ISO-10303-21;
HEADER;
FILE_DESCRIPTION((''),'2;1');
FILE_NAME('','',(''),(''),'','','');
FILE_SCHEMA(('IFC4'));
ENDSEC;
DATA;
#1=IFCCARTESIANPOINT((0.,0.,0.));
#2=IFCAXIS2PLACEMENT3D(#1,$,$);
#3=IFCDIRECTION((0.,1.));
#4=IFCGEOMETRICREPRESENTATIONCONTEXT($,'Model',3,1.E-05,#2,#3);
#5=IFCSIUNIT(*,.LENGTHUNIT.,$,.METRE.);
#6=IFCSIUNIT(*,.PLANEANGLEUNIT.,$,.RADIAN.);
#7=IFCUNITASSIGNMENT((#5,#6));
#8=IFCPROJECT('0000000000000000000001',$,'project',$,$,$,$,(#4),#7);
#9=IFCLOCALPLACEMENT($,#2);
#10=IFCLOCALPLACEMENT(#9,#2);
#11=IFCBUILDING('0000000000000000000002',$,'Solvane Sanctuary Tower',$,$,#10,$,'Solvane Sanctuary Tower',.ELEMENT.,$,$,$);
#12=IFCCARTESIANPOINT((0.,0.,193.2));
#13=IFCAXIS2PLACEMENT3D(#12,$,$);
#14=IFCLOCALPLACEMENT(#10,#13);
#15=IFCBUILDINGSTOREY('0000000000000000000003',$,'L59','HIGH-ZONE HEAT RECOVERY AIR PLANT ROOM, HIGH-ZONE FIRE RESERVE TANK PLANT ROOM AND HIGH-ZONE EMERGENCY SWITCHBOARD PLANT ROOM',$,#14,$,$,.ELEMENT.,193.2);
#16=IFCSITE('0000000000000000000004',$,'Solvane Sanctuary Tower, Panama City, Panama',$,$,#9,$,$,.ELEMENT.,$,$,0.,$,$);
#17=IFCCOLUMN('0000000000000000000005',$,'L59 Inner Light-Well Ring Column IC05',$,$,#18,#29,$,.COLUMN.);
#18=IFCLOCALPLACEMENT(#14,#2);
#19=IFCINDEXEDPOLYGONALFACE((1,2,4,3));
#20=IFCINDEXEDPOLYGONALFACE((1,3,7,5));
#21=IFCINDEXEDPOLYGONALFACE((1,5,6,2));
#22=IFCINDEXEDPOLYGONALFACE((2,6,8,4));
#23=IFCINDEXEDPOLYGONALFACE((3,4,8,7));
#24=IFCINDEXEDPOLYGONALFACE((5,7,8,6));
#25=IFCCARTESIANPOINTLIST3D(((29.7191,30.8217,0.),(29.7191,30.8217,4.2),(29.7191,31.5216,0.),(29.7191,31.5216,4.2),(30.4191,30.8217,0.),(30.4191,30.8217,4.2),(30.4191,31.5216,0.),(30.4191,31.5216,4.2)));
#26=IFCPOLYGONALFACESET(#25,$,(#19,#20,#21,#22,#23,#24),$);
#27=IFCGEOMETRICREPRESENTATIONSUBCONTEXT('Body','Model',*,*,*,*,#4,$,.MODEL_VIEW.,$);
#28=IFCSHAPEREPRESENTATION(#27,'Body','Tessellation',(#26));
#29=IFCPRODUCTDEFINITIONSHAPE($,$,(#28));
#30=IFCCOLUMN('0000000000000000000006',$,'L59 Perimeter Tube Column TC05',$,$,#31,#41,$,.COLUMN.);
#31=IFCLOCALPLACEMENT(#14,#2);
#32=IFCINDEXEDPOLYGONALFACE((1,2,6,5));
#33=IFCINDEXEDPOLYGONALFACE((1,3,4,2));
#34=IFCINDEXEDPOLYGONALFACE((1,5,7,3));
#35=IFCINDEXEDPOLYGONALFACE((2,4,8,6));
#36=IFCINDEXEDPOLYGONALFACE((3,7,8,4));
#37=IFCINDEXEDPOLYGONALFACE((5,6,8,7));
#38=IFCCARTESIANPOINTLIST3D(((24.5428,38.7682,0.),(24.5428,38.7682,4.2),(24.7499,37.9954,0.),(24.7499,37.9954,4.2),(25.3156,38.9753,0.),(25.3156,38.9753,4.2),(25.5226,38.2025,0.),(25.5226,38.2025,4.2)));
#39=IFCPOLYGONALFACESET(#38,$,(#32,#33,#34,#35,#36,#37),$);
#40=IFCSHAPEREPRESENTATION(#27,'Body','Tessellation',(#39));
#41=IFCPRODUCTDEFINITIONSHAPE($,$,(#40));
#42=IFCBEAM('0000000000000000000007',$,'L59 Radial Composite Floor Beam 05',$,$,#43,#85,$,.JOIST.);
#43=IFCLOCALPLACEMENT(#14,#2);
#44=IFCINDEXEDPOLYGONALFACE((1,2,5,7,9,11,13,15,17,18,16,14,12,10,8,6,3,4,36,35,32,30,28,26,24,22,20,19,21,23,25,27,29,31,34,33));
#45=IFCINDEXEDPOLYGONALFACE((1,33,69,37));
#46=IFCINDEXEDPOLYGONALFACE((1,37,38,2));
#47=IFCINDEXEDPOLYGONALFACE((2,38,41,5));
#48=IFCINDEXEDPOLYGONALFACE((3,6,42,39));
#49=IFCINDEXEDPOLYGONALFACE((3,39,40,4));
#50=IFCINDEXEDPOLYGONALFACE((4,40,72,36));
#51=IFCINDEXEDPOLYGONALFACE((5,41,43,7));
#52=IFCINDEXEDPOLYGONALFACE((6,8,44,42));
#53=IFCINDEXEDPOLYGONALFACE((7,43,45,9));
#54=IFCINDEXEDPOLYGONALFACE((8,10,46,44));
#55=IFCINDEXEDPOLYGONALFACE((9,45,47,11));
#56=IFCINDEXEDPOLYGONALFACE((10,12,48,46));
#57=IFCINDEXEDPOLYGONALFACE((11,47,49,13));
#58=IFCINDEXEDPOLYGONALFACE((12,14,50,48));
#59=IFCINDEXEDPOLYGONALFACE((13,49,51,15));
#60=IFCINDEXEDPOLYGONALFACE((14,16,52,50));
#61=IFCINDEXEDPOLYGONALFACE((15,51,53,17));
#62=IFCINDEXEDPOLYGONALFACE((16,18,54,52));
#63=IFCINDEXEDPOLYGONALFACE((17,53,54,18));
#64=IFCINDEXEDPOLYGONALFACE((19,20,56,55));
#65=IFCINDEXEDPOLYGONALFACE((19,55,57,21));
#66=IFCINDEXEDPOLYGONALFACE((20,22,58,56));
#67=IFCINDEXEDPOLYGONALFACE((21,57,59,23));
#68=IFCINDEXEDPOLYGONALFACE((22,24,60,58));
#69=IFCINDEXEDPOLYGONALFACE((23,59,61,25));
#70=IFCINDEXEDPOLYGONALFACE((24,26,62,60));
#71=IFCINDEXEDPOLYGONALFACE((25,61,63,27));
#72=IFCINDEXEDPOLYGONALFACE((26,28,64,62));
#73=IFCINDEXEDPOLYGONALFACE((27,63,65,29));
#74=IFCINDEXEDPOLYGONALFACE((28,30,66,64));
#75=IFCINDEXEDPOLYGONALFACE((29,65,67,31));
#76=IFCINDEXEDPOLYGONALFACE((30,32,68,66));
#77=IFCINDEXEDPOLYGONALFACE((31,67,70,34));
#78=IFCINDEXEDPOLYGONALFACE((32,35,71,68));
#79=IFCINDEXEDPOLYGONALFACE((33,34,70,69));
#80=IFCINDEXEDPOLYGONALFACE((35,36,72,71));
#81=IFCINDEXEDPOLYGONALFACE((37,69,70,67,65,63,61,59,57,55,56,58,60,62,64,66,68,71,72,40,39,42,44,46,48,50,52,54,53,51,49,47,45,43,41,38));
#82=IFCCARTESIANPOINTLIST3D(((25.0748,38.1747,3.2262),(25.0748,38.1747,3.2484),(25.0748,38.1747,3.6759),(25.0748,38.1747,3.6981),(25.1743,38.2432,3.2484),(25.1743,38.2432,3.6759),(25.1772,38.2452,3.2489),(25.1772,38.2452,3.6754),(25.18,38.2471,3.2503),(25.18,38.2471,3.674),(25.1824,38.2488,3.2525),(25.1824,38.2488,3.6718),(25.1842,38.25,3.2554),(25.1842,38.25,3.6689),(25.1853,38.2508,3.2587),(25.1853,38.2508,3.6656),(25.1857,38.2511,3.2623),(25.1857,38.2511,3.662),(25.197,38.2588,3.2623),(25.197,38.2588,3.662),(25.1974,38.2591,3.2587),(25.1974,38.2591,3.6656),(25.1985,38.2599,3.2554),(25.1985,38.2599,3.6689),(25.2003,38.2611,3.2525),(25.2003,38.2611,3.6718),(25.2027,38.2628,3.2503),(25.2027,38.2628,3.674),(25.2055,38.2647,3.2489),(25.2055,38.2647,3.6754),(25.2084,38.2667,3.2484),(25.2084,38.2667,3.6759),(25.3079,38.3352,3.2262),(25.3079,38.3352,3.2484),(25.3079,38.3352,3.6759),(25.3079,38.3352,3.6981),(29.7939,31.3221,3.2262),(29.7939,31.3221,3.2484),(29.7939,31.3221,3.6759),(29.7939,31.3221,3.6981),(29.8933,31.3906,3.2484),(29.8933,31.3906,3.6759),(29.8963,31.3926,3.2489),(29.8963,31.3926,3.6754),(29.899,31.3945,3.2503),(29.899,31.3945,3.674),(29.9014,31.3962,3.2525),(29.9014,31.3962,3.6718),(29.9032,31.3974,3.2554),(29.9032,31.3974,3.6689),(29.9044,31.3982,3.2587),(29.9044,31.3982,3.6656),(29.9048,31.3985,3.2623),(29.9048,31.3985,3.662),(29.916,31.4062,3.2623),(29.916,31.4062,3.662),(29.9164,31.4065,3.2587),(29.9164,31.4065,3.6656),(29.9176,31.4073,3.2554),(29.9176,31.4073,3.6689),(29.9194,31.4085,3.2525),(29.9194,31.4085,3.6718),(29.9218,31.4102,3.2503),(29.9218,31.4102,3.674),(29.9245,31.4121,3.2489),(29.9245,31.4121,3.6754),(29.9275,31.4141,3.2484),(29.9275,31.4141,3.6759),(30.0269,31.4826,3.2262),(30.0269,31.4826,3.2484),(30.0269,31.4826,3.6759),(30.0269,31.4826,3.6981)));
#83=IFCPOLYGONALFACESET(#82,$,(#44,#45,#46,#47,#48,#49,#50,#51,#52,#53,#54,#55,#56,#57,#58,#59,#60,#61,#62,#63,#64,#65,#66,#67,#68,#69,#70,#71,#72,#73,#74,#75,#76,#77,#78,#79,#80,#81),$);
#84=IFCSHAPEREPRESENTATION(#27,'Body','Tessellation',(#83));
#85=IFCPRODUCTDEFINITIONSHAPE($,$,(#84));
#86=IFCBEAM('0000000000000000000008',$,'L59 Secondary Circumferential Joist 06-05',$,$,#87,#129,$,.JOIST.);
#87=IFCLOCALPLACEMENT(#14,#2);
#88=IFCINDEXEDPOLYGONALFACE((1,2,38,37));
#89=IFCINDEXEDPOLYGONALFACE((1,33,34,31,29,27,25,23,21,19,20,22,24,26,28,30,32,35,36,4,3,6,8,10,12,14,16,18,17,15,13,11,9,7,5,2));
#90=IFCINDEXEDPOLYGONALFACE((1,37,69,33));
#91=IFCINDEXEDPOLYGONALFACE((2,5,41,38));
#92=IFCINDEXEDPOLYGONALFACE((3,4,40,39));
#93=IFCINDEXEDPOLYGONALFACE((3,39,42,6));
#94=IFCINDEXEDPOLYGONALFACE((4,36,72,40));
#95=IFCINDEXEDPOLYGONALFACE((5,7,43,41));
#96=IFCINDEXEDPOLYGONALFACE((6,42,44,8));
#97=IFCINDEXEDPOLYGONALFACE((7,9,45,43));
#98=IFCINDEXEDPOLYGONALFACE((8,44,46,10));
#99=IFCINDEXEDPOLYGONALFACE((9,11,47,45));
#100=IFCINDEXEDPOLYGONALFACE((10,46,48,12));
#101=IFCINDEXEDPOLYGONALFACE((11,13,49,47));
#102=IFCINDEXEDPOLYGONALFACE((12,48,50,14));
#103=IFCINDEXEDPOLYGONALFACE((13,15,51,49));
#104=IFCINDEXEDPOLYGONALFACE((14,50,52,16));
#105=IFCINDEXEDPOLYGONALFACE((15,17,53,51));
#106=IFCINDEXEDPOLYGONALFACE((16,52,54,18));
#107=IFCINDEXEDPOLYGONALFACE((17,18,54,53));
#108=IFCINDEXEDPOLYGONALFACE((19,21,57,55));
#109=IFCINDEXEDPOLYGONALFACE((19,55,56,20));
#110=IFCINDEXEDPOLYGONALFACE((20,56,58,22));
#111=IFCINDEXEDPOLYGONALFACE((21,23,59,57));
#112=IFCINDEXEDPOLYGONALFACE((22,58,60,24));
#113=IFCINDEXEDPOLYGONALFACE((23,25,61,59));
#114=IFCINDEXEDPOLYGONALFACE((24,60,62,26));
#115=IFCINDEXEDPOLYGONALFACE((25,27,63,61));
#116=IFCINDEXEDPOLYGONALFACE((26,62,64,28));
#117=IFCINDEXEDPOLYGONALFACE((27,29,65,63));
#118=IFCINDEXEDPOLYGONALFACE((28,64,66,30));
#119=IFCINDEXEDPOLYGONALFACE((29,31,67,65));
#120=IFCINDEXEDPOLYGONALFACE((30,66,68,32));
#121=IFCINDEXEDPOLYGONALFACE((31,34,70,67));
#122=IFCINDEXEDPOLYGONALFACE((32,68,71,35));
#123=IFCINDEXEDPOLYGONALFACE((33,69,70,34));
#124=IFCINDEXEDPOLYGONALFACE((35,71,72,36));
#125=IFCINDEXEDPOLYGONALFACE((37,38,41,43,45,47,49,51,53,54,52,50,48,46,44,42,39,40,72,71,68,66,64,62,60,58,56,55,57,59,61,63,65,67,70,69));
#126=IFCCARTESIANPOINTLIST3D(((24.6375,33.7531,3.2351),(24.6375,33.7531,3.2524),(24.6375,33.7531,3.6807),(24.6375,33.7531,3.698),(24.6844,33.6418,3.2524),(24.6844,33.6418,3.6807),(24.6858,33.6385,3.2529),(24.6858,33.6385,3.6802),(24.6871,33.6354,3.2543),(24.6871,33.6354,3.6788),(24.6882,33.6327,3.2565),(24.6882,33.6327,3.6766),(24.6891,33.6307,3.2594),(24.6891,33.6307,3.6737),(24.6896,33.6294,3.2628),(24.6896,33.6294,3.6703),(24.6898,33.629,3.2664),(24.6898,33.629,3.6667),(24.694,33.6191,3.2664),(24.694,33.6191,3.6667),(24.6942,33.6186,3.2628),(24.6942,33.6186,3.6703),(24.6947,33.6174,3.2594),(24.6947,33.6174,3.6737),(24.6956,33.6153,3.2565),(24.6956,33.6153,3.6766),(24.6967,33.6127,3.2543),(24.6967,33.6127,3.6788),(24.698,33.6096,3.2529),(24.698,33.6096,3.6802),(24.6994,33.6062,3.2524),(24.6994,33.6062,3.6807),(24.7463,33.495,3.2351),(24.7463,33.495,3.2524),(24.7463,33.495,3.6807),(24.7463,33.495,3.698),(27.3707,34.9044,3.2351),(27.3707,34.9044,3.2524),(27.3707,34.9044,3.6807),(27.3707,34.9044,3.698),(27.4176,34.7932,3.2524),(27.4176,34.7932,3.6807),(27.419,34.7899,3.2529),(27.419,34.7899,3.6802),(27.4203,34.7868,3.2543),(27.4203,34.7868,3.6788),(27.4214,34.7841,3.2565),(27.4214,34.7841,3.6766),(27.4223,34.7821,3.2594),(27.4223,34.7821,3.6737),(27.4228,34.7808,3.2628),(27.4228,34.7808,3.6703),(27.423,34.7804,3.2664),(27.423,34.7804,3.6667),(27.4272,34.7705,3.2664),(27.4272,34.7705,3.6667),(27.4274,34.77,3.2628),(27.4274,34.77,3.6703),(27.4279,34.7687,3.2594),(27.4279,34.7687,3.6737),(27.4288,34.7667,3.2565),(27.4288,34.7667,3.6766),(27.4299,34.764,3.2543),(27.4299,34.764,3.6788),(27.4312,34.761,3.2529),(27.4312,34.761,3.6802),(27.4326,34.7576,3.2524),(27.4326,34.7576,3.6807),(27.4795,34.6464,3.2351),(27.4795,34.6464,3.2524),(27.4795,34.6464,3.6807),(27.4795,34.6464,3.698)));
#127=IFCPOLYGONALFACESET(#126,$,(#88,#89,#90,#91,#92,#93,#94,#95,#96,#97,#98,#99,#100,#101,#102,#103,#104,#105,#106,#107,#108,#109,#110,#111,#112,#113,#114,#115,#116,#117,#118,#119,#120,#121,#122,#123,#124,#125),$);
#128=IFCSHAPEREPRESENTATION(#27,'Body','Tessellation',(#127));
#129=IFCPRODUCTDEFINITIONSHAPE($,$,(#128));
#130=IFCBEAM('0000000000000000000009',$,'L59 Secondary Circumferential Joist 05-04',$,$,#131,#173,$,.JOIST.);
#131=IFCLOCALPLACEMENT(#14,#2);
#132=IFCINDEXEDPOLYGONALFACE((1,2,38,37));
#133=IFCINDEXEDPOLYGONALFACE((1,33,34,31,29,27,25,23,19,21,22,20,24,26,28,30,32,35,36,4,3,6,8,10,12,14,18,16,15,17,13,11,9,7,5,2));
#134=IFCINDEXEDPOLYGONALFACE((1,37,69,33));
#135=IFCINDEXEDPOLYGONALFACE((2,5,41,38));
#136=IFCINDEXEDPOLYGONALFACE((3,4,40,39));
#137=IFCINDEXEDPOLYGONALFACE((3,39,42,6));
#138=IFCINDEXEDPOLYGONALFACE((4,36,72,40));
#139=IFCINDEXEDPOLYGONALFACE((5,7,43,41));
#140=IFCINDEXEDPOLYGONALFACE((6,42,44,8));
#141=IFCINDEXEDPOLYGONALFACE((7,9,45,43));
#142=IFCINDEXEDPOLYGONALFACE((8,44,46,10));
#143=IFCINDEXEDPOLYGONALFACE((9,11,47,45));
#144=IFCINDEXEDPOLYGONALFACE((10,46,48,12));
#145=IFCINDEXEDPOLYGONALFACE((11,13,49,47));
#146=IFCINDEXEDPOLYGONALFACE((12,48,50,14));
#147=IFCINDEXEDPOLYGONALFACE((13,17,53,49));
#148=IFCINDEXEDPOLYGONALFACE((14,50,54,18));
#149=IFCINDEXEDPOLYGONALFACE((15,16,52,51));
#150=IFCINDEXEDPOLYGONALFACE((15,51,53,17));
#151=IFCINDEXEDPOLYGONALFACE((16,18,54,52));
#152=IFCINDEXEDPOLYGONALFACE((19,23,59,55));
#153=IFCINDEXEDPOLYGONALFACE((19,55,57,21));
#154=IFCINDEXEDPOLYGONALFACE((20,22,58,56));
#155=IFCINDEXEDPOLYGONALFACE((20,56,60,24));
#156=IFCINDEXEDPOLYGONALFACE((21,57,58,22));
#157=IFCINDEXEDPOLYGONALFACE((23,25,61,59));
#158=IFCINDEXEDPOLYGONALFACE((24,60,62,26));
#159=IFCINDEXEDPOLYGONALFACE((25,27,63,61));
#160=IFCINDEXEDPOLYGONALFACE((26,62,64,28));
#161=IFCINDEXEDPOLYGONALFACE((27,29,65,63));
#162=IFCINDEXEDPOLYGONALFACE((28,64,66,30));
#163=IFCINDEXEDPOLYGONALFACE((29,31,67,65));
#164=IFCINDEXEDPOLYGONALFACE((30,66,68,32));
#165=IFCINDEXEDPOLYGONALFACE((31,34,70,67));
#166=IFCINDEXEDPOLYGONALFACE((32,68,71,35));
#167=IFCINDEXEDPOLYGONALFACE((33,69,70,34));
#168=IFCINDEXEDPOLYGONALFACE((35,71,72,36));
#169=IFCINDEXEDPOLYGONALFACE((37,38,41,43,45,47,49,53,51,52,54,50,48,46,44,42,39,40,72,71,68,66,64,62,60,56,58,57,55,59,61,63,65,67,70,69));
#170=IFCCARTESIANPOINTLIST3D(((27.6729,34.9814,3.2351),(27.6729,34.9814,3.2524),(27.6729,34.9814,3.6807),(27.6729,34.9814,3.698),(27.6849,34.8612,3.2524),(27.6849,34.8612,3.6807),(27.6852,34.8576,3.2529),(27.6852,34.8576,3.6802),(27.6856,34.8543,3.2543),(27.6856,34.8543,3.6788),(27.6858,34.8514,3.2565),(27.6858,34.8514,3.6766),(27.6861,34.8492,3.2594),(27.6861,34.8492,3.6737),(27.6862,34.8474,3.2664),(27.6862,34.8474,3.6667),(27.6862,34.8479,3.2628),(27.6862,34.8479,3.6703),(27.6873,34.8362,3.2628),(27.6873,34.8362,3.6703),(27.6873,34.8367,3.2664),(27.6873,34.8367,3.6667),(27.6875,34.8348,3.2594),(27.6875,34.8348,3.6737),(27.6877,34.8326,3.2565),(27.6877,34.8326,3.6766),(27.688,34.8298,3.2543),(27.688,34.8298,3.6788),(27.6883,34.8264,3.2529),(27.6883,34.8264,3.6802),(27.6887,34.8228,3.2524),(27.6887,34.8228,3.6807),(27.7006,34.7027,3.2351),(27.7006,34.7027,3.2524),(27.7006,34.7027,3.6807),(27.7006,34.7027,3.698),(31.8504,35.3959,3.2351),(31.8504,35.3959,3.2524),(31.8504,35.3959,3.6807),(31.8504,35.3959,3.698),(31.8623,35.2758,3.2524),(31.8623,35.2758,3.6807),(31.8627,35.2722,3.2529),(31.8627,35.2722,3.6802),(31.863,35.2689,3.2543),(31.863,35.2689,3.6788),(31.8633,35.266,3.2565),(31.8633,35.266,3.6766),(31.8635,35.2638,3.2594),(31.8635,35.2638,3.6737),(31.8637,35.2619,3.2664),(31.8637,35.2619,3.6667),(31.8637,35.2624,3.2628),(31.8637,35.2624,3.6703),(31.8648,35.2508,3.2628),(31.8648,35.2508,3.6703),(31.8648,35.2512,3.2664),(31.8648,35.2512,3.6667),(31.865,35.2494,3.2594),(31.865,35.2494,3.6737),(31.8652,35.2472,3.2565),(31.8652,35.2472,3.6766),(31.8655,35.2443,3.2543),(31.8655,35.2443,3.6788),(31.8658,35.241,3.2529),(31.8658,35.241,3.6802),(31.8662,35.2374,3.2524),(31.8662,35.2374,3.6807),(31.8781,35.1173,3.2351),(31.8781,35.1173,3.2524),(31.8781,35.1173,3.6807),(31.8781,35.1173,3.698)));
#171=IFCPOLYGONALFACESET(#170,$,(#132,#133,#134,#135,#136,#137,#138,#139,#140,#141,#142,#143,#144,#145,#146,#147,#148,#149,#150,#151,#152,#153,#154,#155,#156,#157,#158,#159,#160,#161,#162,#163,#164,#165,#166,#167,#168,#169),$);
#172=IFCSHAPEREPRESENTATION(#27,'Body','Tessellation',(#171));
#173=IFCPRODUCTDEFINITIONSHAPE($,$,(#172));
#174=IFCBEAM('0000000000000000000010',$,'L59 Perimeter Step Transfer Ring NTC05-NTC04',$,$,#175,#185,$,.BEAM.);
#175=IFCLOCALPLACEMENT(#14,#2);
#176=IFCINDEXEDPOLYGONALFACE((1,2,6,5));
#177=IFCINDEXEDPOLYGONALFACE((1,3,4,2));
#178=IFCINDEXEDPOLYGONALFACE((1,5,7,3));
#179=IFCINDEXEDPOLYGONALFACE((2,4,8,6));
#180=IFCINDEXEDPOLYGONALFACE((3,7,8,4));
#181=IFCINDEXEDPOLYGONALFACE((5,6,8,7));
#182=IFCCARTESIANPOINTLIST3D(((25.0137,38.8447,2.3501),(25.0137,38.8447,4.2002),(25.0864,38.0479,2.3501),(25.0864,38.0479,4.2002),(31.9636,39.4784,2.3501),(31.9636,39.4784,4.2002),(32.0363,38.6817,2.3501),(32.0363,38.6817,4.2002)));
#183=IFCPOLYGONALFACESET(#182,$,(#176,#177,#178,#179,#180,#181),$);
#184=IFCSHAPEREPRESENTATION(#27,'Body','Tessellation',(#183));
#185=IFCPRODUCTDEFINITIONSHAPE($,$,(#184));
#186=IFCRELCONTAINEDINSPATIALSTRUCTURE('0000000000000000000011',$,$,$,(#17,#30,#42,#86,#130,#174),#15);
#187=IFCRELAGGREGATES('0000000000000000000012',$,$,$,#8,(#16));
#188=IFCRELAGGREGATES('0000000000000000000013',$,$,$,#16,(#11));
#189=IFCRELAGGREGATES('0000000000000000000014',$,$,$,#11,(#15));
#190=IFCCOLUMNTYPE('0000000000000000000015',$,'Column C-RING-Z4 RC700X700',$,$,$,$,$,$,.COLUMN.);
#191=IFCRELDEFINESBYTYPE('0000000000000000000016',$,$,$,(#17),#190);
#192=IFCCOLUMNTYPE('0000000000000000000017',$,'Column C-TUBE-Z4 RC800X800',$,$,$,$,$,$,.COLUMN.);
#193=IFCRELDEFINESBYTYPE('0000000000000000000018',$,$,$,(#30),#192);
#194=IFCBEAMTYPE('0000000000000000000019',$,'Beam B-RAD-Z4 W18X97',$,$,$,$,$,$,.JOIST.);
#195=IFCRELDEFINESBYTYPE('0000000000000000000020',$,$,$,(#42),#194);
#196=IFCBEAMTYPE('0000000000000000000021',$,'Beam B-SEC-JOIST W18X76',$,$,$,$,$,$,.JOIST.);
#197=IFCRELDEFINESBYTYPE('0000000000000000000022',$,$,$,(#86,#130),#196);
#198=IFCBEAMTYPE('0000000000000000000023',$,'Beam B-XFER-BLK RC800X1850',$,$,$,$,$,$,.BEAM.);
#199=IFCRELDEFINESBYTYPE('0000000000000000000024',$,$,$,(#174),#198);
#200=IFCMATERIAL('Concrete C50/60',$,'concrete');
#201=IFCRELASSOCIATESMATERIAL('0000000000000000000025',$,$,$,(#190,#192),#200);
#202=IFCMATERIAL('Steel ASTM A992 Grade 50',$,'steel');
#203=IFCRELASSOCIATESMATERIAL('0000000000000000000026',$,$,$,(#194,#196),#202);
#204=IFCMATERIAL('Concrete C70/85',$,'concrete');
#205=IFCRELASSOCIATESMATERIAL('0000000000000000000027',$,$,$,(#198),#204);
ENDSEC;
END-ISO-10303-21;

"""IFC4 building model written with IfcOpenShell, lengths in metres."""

from ifc_helpers import new_model, si_unit, direction, frame, origin, origin_2d, place, context, subcontext, project, spatial, rectangle, i_section, extrude, material, material_profile, profile_set, type_object, element, save


model = new_model("IFC4")

# Units and contexts
model_context = context("Model", 3, precision=1e-05, world=origin(), true_north=direction((0.0, 1.0)))
body_context = subcontext(model_context, "Body", "Model", "MODEL_VIEW")
ifc_project = project(units=[si_unit("LENGTHUNIT", "METRE"), si_unit("PLANEANGLEUNIT", "RADIAN")], contexts=[model_context])

# Site, building, storey
site_placement = place(None, origin())
site = spatial("IfcSite", under=ifc_project, at=site_placement, Name="Solvane Sanctuary Tower, Panama City, Panama", CompositionType="ELEMENT", RefElevation=0.0)
building_placement = place(site_placement, origin())
building = spatial("IfcBuilding", under=site, at=building_placement, Name="Solvane Sanctuary Tower", LongName="Solvane Sanctuary Tower", CompositionType="ELEMENT")
storey_placement = place(building_placement, frame((0.0, 0.0, 193.2)))
storey = spatial("IfcBuildingStorey", under=building, at=storey_placement, Name="L59", Description="HIGH-ZONE HEAT RECOVERY AIR PLANT ROOM, HIGH-ZONE FIRE RESERVE TANK PLANT ROOM AND HIGH-ZONE EMERGENCY SWITCHBOARD PLANT ROOM", CompositionType="ELEMENT", Elevation=193.2)

# Columns
ifc_material_1 = material(Name="Concrete C50/60", Category="concrete")
ifc_material_profile_1 = material_profile(ifc_material_1, rectangle(XDim=0.7, YDim=0.7, at=origin_2d()), Name="RC700X700")
ifc_profile_set_1 = profile_set([ifc_material_profile_1], Name="Concrete C50/60")
column_type_1 = type_object("IfcColumnType", Name="Column C-RING-Z4 RC700X700", PredefinedType="COLUMN", material=ifc_profile_set_1)
column_1_placement = place(storey_placement, frame((30.0691, 31.1716, 0.0), z_axis=(0.0, 0.0, 1.0), x_axis=(1.0, 0.0, 0.0)))
element("IfcColumn", 1, at=column_1_placement, inside=storey, type_object=column_type_1, Name="L59 Inner Light-Well Ring Column IC05", PredefinedType="COLUMN", context=body_context, shape_type="SweptSolid", body=[
    extrude(rectangle(XDim=0.7, YDim=0.7, at=origin_2d()), origin(), (0.0, 0.0, 1.0), 4.2),
])
ifc_material_profile_2 = material_profile(ifc_material_1, rectangle(XDim=0.8, YDim=0.8, at=origin_2d()), Name="RC800X800")
ifc_profile_set_2 = profile_set([ifc_material_profile_2], Name="Concrete C50/60")
column_type_2 = type_object("IfcColumnType", Name="Column C-TUBE-Z4 RC800X800", PredefinedType="COLUMN", material=ifc_profile_set_2)
column_2_placement = place(storey_placement, frame((25.0327, 38.4854, 0.0), z_axis=(0.0, 0.0, 1.0), x_axis=(-0.258819, 0.965926, 0.0)))
element("IfcColumn", 2, at=column_2_placement, inside=storey, type_object=column_type_2, Name="L59 Perimeter Tube Column TC05", PredefinedType="COLUMN", context=body_context, shape_type="SweptSolid", body=[
    extrude(rectangle(XDim=0.8, YDim=0.8, at=origin_2d()), origin(), (0.0, 0.0, 1.0), 4.2),
])

# Beams
ifc_material_2 = material(Name="Steel ASTM A992 Grade 50", Category="steel")
ifc_material_profile_3 = material_profile(ifc_material_2, i_section(OverallWidth=0.283, OverallDepth=0.4719, WebThickness=0.0137, FlangeThickness=0.0222, FilletRadius=0.0139, at=origin_2d()), Name="W18X97")
ifc_profile_set_3 = profile_set([ifc_material_profile_3], Name="Steel ASTM A992 Grade 50")
beam_type_1 = type_object("IfcBeamType", Name="Beam B-RAD-Z4 W18X97", PredefinedType="JOIST", material=ifc_profile_set_3)
beam_1_placement = place(storey_placement, frame((29.9104, 31.4023, 3.4622), z_axis=(-0.567171, 0.8236, 0.0), x_axis=(-0.8236, -0.567171, 0.0)))
element("IfcBeam", 3, at=beam_1_placement, inside=storey, type_object=beam_type_1, Name="L59 Radial Composite Floor Beam 05", PredefinedType="JOIST", context=body_context, shape_type="SweptSolid", body=[
    extrude(i_section(OverallWidth=0.283, OverallDepth=0.4719, WebThickness=0.0137, FlangeThickness=0.0222, FilletRadius=0.0139, at=origin_2d()), origin(), (0.0, 0.0, 1.0), 8.3203),
])
ifc_material_profile_4 = material_profile(ifc_material_2, i_section(OverallWidth=0.28, OverallDepth=0.4629, WebThickness=0.0107, FlangeThickness=0.0173, FilletRadius=0.0139, at=origin_2d()), Name="W18X76")
ifc_profile_set_4 = profile_set([ifc_material_profile_4], Name="Steel ASTM A992 Grade 50")
beam_type_2 = type_object("IfcBeamType", Name="Beam B-SEC-JOIST W18X76", PredefinedType="JOIST", material=ifc_profile_set_4)
beam_2_placement = place(storey_placement, frame((24.6919, 33.624, 3.4666), z_axis=(0.921567, 0.388219, 0.0), x_axis=(-0.388219, 0.921567, 0.0)))
element("IfcBeam", 4, at=beam_2_placement, inside=storey, type_object=beam_type_2, Name="L59 Secondary Circumferential Joist 06-05", PredefinedType="JOIST", context=body_context, shape_type="SweptSolid", body=[
    extrude(i_section(OverallWidth=0.28, OverallDepth=0.4629, WebThickness=0.0107, FlangeThickness=0.0173, FilletRadius=0.0139, at=origin_2d()), origin(), (0.0, 0.0, 1.0), 2.9658),
])
beam_3_placement = place(storey_placement, frame((27.6868, 34.842, 3.4666), z_axis=(0.995112, 0.098749, 0.0), x_axis=(-0.098749, 0.995112, 0.0)))
element("IfcBeam", 5, at=beam_3_placement, inside=storey, type_object=beam_type_2, Name="L59 Secondary Circumferential Joist 05-04", PredefinedType="JOIST", context=body_context, shape_type="SweptSolid", body=[
    extrude(i_section(OverallWidth=0.28, OverallDepth=0.4629, WebThickness=0.0107, FlangeThickness=0.0173, FilletRadius=0.0139, at=origin_2d()), origin(), (0.0, 0.0, 1.0), 4.198),
])
ifc_material_3 = material(Name="Concrete C70/85", Category="concrete")
ifc_material_profile_5 = material_profile(ifc_material_3, rectangle(XDim=0.8, YDim=1.8501, at=origin_2d()), Name="RC800X1850")
ifc_profile_set_5 = profile_set([ifc_material_profile_5], Name="Concrete C70/85")
beam_type_3 = type_object("IfcBeamType", Name="Beam B-XFER-BLK RC800X1850", PredefinedType="BEAM", material=ifc_profile_set_5)
beam_4_placement = place(storey_placement, frame((25.05, 38.4463, 3.2751), z_axis=(0.995868, 0.090816, 0.0), x_axis=(-0.090816, 0.995868, 0.0)))
element("IfcBeam", 6, at=beam_4_placement, inside=storey, type_object=beam_type_3, Name="L59 Perimeter Step Transfer Ring NTC05-NTC04", PredefinedType="BEAM", context=body_context, shape_type="SweptSolid", body=[
    extrude(rectangle(XDim=0.8, YDim=1.8501, at=origin_2d()), origin(), (0.0, 0.0, 1.0), 6.9788),
])

save(model, "model.ifc")
